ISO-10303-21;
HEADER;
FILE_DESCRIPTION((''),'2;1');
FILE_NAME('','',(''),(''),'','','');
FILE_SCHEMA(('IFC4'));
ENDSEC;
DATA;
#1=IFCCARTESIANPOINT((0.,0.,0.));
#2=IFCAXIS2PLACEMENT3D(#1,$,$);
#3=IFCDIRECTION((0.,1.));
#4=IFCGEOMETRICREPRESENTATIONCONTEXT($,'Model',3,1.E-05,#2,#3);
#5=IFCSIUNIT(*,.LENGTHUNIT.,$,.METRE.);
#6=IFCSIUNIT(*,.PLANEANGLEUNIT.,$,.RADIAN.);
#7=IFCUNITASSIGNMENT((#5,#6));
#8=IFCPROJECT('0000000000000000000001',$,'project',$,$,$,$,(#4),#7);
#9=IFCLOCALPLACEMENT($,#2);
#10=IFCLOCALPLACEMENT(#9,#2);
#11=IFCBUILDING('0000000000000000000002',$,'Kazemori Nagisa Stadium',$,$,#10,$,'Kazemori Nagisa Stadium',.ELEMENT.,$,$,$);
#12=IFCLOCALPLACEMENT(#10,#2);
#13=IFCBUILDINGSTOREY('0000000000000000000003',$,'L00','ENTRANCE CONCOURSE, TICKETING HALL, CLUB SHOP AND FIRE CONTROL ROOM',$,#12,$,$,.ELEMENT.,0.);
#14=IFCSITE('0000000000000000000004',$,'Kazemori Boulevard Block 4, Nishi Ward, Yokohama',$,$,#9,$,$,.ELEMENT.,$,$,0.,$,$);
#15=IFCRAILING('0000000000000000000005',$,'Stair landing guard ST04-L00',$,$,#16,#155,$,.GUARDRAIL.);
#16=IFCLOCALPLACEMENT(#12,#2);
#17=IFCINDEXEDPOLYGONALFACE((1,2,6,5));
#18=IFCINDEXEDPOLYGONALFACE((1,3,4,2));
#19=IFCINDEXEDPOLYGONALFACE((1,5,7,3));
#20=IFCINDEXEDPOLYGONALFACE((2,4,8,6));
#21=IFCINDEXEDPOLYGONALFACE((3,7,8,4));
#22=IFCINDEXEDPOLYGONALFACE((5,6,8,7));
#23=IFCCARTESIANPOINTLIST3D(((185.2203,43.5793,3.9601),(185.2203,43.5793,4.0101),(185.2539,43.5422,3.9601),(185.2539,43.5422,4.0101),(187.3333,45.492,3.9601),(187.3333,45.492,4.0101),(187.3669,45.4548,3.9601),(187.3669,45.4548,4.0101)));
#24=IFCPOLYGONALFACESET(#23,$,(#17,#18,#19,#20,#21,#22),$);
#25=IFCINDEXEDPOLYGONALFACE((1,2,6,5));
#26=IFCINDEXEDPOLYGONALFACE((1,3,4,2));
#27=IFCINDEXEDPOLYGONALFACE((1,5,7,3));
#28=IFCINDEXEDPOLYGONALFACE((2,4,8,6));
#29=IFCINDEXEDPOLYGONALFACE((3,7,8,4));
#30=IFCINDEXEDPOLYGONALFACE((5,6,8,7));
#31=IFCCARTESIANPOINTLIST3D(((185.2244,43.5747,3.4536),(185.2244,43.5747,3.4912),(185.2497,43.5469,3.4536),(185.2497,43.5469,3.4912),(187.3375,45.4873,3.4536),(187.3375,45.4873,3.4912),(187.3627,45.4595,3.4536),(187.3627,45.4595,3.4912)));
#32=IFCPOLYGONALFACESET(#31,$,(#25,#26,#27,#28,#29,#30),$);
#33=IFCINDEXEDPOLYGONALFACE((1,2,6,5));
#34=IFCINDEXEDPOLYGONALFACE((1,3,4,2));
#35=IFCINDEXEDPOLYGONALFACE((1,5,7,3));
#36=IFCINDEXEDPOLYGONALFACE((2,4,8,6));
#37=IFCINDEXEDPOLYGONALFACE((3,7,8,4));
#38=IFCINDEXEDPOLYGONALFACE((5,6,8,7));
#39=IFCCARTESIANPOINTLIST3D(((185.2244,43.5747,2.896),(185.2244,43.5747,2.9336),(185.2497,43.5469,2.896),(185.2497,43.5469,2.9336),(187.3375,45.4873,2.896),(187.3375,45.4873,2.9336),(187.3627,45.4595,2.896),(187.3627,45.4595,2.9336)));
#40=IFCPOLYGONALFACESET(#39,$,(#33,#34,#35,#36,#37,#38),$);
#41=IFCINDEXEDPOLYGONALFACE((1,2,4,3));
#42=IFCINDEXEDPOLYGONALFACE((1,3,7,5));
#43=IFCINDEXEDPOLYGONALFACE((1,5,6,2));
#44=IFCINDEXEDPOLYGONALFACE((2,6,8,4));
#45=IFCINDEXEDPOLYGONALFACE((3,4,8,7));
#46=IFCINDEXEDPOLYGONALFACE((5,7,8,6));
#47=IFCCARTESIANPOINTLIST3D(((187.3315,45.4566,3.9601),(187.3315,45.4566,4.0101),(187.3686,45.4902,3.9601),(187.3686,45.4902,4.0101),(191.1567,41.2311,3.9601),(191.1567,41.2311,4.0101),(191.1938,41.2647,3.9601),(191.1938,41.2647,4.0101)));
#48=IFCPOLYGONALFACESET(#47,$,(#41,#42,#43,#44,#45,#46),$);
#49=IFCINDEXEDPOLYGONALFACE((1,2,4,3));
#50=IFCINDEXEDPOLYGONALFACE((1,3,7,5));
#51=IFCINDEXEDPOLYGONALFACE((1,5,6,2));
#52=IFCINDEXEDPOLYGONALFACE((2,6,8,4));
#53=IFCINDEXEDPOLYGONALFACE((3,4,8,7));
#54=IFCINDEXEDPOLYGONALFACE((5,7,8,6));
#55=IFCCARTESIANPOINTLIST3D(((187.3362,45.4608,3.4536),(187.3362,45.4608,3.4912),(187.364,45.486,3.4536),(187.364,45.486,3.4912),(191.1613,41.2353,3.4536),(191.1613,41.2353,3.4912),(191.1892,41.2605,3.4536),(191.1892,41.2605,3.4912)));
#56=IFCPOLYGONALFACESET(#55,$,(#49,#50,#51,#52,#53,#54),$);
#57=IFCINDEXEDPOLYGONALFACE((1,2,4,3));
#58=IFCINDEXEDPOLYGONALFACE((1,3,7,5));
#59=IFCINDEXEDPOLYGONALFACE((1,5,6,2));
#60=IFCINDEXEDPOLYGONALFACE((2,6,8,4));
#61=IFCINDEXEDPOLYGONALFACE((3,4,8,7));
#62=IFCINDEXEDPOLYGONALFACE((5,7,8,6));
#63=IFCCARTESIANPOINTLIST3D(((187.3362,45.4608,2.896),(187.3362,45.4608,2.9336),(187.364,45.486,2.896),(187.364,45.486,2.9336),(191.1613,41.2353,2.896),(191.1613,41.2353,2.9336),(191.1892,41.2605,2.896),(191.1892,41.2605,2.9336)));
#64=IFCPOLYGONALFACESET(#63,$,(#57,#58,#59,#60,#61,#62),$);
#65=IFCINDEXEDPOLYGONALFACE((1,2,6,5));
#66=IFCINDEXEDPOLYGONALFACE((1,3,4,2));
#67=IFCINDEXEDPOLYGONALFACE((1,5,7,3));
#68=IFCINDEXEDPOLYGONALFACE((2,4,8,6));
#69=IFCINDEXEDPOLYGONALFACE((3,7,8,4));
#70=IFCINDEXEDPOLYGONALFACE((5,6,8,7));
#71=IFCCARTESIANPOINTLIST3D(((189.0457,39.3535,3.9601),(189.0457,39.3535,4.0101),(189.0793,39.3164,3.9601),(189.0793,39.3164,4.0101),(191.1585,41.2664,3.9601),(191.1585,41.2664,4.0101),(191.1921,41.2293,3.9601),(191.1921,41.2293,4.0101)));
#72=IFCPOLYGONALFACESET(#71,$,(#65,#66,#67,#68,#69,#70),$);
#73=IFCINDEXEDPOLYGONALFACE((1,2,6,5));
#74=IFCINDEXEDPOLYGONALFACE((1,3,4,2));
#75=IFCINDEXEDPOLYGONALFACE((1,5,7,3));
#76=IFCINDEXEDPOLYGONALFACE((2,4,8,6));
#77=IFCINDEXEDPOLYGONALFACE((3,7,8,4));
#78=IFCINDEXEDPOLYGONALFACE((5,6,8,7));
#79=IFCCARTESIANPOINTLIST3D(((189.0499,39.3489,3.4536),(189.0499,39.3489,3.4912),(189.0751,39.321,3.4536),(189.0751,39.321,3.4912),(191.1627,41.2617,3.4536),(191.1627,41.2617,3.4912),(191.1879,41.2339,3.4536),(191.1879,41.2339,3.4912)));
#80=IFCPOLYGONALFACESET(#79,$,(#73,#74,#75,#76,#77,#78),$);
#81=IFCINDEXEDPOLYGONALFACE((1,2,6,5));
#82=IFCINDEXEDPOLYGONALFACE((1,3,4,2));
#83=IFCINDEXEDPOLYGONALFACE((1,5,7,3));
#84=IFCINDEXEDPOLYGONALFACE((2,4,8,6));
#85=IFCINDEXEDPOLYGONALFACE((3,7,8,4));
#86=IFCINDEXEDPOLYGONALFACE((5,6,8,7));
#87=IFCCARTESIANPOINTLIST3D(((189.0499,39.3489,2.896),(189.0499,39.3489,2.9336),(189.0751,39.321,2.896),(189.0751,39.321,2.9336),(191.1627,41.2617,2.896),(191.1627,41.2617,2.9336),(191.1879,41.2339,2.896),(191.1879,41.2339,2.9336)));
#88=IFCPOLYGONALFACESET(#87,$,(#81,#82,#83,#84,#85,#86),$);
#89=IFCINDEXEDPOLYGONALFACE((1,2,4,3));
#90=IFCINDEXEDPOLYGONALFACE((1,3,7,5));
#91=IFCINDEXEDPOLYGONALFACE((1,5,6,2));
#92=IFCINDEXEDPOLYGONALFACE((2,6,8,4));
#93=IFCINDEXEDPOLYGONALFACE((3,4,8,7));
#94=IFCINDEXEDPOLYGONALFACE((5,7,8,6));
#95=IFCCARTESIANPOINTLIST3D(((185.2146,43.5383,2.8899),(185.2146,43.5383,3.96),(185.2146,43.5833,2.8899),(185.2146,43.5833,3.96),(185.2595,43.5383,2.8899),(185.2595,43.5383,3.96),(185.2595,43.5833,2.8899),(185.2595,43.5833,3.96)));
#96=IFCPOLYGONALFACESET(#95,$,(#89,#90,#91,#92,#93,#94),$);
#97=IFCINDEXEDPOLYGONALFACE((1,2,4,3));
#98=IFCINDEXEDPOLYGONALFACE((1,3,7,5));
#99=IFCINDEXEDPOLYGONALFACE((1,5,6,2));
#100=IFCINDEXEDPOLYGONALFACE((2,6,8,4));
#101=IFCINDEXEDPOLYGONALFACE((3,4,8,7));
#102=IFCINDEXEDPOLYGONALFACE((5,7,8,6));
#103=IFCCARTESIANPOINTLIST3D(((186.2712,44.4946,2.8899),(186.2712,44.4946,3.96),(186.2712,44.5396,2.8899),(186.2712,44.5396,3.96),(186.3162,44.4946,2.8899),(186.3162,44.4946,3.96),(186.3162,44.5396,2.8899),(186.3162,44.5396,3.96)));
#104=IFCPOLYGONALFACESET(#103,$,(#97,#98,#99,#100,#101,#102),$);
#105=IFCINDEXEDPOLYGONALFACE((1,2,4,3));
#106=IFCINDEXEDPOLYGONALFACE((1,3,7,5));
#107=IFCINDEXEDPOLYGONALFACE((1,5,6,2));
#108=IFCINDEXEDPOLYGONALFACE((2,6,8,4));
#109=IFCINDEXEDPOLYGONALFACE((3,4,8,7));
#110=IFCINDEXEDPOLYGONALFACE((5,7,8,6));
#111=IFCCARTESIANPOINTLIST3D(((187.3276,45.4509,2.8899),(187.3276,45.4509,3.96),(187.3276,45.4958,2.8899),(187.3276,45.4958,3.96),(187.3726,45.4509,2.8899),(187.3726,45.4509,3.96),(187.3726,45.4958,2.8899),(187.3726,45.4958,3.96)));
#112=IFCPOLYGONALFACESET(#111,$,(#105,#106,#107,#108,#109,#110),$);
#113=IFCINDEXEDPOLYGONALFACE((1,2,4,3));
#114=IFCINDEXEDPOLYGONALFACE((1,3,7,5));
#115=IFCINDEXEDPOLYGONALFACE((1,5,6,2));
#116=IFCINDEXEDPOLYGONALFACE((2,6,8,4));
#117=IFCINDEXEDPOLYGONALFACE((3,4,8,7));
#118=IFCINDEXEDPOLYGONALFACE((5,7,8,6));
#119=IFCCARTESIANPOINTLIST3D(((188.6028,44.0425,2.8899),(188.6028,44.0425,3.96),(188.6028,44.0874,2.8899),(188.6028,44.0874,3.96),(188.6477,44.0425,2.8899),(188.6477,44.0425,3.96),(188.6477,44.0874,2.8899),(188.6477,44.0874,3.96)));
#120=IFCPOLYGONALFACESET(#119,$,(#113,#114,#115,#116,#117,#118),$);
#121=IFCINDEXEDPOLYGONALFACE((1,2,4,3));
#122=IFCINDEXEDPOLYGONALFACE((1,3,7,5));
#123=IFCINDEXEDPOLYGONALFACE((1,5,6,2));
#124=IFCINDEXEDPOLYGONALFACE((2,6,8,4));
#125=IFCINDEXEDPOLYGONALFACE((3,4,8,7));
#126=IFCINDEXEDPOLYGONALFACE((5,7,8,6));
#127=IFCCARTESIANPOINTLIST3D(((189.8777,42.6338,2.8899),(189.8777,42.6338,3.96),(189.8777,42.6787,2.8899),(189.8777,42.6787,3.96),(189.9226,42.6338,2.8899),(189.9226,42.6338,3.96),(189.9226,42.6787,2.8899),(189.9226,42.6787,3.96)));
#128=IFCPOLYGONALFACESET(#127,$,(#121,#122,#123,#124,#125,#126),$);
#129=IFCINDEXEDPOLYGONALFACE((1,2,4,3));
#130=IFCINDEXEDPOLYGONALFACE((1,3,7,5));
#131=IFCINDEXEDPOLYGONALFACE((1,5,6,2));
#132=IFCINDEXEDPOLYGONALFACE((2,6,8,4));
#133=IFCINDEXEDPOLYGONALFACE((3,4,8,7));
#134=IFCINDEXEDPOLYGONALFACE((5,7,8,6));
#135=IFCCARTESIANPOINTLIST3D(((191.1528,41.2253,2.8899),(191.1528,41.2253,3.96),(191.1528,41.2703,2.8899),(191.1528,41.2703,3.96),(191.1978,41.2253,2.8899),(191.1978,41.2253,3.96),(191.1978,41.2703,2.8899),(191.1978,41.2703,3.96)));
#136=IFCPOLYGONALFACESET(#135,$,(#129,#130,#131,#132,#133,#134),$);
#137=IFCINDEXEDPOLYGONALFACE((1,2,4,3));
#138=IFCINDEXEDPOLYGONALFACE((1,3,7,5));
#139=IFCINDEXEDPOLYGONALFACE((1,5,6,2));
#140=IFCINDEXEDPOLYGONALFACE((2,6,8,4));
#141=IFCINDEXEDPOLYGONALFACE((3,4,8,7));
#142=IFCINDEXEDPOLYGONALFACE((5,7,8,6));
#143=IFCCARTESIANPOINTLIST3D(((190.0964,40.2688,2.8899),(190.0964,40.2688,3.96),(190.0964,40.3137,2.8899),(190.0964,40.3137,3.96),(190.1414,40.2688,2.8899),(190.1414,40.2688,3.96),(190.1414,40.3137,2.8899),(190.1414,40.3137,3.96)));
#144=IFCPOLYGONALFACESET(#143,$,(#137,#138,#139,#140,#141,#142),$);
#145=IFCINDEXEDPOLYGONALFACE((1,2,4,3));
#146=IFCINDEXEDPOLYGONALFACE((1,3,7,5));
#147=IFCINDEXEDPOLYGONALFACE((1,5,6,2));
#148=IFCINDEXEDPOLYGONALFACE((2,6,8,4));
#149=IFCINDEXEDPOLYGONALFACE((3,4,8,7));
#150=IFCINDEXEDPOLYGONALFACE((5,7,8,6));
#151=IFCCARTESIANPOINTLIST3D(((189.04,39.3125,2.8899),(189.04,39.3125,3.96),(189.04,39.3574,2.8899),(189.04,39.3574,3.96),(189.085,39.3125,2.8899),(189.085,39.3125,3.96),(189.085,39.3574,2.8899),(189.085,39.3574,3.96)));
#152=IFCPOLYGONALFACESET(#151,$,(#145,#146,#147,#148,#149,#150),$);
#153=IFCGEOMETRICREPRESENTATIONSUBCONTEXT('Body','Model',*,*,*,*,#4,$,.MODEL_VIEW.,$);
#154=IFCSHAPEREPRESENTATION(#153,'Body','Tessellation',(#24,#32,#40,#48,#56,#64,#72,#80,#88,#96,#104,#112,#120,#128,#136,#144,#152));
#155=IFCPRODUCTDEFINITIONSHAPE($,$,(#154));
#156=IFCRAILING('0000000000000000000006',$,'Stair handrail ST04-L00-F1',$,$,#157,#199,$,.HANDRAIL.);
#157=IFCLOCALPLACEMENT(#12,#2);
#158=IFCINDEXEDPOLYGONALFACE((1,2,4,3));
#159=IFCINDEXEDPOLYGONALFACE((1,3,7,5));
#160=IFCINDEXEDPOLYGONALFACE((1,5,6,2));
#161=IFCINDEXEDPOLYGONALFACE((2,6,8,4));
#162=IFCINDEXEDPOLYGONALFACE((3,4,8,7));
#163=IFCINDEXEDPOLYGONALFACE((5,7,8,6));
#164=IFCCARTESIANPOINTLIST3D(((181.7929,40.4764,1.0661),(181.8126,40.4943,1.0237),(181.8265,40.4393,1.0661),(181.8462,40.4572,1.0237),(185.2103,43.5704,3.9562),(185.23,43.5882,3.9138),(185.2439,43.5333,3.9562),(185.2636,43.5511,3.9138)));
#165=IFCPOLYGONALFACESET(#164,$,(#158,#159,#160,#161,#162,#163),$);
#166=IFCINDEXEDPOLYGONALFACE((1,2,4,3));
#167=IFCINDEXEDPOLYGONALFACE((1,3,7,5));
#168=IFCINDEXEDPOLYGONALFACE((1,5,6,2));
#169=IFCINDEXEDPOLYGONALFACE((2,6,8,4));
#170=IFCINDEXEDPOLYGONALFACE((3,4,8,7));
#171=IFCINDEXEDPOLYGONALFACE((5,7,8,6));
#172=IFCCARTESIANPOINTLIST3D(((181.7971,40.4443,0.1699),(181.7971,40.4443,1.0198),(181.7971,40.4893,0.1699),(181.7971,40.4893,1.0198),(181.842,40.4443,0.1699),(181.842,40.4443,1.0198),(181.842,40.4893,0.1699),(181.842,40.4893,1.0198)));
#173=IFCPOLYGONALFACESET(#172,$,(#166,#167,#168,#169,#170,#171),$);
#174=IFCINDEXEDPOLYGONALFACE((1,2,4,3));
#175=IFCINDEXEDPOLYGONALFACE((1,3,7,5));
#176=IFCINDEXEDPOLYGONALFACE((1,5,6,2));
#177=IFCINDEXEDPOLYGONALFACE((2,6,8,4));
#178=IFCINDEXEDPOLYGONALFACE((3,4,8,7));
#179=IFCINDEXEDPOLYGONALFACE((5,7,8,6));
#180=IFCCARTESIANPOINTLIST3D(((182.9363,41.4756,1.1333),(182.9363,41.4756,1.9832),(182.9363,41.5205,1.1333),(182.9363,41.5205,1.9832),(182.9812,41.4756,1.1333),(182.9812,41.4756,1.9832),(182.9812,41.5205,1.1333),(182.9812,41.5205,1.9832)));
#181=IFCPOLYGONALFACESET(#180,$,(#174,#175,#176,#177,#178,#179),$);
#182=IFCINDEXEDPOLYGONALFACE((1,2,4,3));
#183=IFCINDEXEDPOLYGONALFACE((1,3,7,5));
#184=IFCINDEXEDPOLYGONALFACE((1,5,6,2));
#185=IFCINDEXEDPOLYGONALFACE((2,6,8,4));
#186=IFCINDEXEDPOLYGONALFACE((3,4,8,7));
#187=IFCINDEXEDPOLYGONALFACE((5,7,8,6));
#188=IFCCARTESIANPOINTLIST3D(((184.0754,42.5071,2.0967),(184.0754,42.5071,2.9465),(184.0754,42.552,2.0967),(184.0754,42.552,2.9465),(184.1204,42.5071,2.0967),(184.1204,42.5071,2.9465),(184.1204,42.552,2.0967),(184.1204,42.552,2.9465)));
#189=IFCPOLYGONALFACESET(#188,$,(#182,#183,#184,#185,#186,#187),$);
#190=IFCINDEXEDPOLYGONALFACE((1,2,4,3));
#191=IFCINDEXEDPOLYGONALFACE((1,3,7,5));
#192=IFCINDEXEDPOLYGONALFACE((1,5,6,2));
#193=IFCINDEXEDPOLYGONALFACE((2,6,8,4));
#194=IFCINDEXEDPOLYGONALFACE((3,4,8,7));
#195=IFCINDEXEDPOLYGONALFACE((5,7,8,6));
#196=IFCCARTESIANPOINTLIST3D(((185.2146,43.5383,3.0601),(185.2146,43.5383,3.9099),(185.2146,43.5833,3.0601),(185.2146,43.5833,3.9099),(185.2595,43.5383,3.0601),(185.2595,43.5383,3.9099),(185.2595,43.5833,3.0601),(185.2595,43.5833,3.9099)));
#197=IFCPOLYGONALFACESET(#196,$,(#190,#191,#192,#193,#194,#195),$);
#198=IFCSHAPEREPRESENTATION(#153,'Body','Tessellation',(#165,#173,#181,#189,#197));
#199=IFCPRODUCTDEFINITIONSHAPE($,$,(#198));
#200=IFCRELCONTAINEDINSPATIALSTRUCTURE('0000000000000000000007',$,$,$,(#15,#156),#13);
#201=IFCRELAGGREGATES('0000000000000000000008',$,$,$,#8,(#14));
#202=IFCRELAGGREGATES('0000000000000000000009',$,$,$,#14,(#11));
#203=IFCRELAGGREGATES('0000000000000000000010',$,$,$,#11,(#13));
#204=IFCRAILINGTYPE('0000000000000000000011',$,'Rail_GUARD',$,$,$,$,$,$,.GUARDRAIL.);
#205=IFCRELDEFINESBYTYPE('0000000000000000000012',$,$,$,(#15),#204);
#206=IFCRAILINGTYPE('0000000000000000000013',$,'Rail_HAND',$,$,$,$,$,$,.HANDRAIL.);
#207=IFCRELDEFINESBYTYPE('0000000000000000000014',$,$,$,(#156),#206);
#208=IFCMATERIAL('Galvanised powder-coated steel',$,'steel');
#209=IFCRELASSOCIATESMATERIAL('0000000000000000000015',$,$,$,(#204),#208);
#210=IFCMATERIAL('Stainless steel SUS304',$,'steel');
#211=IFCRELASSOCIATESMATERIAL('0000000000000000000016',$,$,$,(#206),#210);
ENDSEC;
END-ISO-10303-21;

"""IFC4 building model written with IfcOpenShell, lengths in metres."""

from ifc_helpers import new_model, si_unit, direction, frame, origin, origin_2d, place, context, subcontext, project, spatial, rectangle, extrude, material, type_object, element, save


model = new_model("IFC4")

# Units and contexts
model_context = context("Model", 3, precision=1e-05, world=origin(), true_north=direction((0.0, 1.0)))
body_context = subcontext(model_context, "Body", "Model", "MODEL_VIEW")
ifc_project = project(units=[si_unit("LENGTHUNIT", "METRE"), si_unit("PLANEANGLEUNIT", "RADIAN")], contexts=[model_context])

# Site, building, storey
site_placement = place(None, origin())
site = spatial("IfcSite", under=ifc_project, at=site_placement, Name="Kazemori Boulevard Block 4, Nishi Ward, Yokohama", CompositionType="ELEMENT", RefElevation=0.0)
building_placement = place(site_placement, origin())
building = spatial("IfcBuilding", under=site, at=building_placement, Name="Kazemori Nagisa Stadium", LongName="Kazemori Nagisa Stadium", CompositionType="ELEMENT")
storey_placement = place(building_placement, origin())
storey = spatial("IfcBuildingStorey", under=building, at=storey_placement, Name="L00", Description="ENTRANCE CONCOURSE, TICKETING HALL, CLUB SHOP AND FIRE CONTROL ROOM", CompositionType="ELEMENT", Elevation=0.0)

# Shared definitions
ifc_material_1 = material(Name="Stainless steel SUS304", Category="steel")

# Railings
ifc_material_2 = material(Name="Galvanised powder-coated steel", Category="steel")
railing_type_1 = type_object("IfcRailingType", Name="Rail_GUARD", PredefinedType="GUARDRAIL", material=ifc_material_2)
railing_1_placement = place(storey_placement, frame((185.2371, 43.5608, 2.8899)))
element("IfcRailing", 1, at=railing_1_placement, inside=storey, type_object=railing_type_1, Name="Stair landing guard ST04-L00", PredefinedType="GUARDRAIL", context=body_context, shape_type="SweptSolid", body=[
    extrude(rectangle(XDim=0.05, YDim=0.05, at=origin_2d()), frame((0.0, 0.0, 1.0952), z_axis=(0.741396, 0.671068, 0.0), x_axis=(-0.671068, 0.741396, 0.0)), (0.0, 0.0, 1.0), 2.8501),
    extrude(rectangle(XDim=0.0376, YDim=0.0376, at=origin_2d()), frame((0.0, 0.0, 0.5825), z_axis=(0.741396, 0.671068, 0.0), x_axis=(-0.671068, 0.741396, 0.0)), (0.0, 0.0, 1.0), 2.8501),
    extrude(rectangle(XDim=0.0376, YDim=0.0376, at=origin_2d()), frame((0.0, 0.0, 0.0249), z_axis=(0.741396, 0.671068, 0.0), x_axis=(-0.671068, 0.741396, 0.0)), (0.0, 0.0, 1.0), 2.8501),
    extrude(rectangle(XDim=0.05, YDim=0.05, at=origin_2d()), frame((2.113, 1.9126, 1.0952), z_axis=(0.671111, -0.741357, 0.0), x_axis=(0.741357, 0.671111, 0.0)), (0.0, 0.0, 1.0), 5.6997),
    extrude(rectangle(XDim=0.0376, YDim=0.0376, at=origin_2d()), frame((2.113, 1.9126, 0.5825), z_axis=(0.671111, -0.741357, 0.0), x_axis=(0.741357, 0.671111, 0.0)), (0.0, 0.0, 1.0), 5.6997),
    extrude(rectangle(XDim=0.0376, YDim=0.0376, at=origin_2d()), frame((2.113, 1.9126, 0.0249), z_axis=(0.671111, -0.741357, 0.0), x_axis=(0.741357, 0.671111, 0.0)), (0.0, 0.0, 1.0), 5.6997),
    extrude(rectangle(XDim=0.05, YDim=0.05, at=origin_2d()), frame((5.9382, -2.313, 1.0952), z_axis=(-0.741315, -0.671158, 0.0), x_axis=(0.671158, -0.741315, 0.0)), (0.0, 0.0, 1.0), 2.8501),
    extrude(rectangle(XDim=0.0376, YDim=0.0376, at=origin_2d()), frame((5.9382, -2.313, 0.5825), z_axis=(-0.741315, -0.671158, 0.0), x_axis=(0.671158, -0.741315, 0.0)), (0.0, 0.0, 1.0), 2.8501),
    extrude(rectangle(XDim=0.0376, YDim=0.0376, at=origin_2d()), frame((5.9382, -2.313, 0.0249), z_axis=(-0.741315, -0.671158, 0.0), x_axis=(0.671158, -0.741315, 0.0)), (0.0, 0.0, 1.0), 2.8501),
    extrude(rectangle(XDim=0.0449, YDim=0.0449, at=origin_2d()), origin(), (0.0, 0.0, 1.0), 1.0701),
    extrude(rectangle(XDim=0.0449, YDim=0.0449, at=origin_2d()), frame((1.0566, 0.9563, 0.0)), (0.0, 0.0, 1.0), 1.0701),
    extrude(rectangle(XDim=0.0449, YDim=0.0449, at=origin_2d()), frame((2.113, 1.9126, 0.0)), (0.0, 0.0, 1.0), 1.0701),
    extrude(rectangle(XDim=0.0449, YDim=0.0449, at=origin_2d()), frame((3.3882, 0.5042, 0.0)), (0.0, 0.0, 1.0), 1.0701),
    extrude(rectangle(XDim=0.0449, YDim=0.0449, at=origin_2d()), frame((4.6631, -0.9045, 0.0)), (0.0, 0.0, 1.0), 1.0701),
    extrude(rectangle(XDim=0.0449, YDim=0.0449, at=origin_2d()), frame((5.9382, -2.313, 0.0)), (0.0, 0.0, 1.0), 1.0701),
    extrude(rectangle(XDim=0.0449, YDim=0.0449, at=origin_2d()), frame((4.8818, -3.2695, 0.0)), (0.0, 0.0, 1.0), 1.0701),
    extrude(rectangle(XDim=0.0449, YDim=0.0449, at=origin_2d()), frame((3.8254, -4.2258, 0.0)), (0.0, 0.0, 1.0), 1.0701),
])
railing_type_2 = type_object("IfcRailingType", Name="Rail_HAND", PredefinedType="HANDRAIL", material=ifc_material_1)
railing_2_placement = place(storey_placement, frame((181.8196, 40.4668, 0.1699)))
element("IfcRailing", 2, at=railing_2_placement, inside=storey, type_object=railing_type_2, Name="Stair handrail ST04-L00-F1", PredefinedType="HANDRAIL", context=body_context, shape_type="SweptSolid", body=[
    extrude(rectangle(XDim=0.05, YDim=0.05, at=origin_2d()), frame((0.0, 0.0, 0.875), z_axis=(0.628094, 0.568641, 0.531174), x_axis=(-0.67115, 0.741321, 0.0)), (0.0, 0.0, 1.0), 5.4409),
    extrude(rectangle(XDim=0.0449, YDim=0.0449, at=origin_2d()), origin(), (0.0, 0.0, 1.0), 0.8499),
    extrude(rectangle(XDim=0.0449, YDim=0.0449, at=origin_2d()), frame((1.1392, 1.0312, 0.9634)), (0.0, 0.0, 1.0), 0.8499),
    extrude(rectangle(XDim=0.0449, YDim=0.0449, at=origin_2d()), frame((2.2783, 2.0627, 1.9268)), (0.0, 0.0, 1.0), 0.8499),
    extrude(rectangle(XDim=0.0449, YDim=0.0449, at=origin_2d()), frame((3.4175, 3.094, 2.8901)), (0.0, 0.0, 1.0), 0.8499),
])

save(model, "model.ifc")
